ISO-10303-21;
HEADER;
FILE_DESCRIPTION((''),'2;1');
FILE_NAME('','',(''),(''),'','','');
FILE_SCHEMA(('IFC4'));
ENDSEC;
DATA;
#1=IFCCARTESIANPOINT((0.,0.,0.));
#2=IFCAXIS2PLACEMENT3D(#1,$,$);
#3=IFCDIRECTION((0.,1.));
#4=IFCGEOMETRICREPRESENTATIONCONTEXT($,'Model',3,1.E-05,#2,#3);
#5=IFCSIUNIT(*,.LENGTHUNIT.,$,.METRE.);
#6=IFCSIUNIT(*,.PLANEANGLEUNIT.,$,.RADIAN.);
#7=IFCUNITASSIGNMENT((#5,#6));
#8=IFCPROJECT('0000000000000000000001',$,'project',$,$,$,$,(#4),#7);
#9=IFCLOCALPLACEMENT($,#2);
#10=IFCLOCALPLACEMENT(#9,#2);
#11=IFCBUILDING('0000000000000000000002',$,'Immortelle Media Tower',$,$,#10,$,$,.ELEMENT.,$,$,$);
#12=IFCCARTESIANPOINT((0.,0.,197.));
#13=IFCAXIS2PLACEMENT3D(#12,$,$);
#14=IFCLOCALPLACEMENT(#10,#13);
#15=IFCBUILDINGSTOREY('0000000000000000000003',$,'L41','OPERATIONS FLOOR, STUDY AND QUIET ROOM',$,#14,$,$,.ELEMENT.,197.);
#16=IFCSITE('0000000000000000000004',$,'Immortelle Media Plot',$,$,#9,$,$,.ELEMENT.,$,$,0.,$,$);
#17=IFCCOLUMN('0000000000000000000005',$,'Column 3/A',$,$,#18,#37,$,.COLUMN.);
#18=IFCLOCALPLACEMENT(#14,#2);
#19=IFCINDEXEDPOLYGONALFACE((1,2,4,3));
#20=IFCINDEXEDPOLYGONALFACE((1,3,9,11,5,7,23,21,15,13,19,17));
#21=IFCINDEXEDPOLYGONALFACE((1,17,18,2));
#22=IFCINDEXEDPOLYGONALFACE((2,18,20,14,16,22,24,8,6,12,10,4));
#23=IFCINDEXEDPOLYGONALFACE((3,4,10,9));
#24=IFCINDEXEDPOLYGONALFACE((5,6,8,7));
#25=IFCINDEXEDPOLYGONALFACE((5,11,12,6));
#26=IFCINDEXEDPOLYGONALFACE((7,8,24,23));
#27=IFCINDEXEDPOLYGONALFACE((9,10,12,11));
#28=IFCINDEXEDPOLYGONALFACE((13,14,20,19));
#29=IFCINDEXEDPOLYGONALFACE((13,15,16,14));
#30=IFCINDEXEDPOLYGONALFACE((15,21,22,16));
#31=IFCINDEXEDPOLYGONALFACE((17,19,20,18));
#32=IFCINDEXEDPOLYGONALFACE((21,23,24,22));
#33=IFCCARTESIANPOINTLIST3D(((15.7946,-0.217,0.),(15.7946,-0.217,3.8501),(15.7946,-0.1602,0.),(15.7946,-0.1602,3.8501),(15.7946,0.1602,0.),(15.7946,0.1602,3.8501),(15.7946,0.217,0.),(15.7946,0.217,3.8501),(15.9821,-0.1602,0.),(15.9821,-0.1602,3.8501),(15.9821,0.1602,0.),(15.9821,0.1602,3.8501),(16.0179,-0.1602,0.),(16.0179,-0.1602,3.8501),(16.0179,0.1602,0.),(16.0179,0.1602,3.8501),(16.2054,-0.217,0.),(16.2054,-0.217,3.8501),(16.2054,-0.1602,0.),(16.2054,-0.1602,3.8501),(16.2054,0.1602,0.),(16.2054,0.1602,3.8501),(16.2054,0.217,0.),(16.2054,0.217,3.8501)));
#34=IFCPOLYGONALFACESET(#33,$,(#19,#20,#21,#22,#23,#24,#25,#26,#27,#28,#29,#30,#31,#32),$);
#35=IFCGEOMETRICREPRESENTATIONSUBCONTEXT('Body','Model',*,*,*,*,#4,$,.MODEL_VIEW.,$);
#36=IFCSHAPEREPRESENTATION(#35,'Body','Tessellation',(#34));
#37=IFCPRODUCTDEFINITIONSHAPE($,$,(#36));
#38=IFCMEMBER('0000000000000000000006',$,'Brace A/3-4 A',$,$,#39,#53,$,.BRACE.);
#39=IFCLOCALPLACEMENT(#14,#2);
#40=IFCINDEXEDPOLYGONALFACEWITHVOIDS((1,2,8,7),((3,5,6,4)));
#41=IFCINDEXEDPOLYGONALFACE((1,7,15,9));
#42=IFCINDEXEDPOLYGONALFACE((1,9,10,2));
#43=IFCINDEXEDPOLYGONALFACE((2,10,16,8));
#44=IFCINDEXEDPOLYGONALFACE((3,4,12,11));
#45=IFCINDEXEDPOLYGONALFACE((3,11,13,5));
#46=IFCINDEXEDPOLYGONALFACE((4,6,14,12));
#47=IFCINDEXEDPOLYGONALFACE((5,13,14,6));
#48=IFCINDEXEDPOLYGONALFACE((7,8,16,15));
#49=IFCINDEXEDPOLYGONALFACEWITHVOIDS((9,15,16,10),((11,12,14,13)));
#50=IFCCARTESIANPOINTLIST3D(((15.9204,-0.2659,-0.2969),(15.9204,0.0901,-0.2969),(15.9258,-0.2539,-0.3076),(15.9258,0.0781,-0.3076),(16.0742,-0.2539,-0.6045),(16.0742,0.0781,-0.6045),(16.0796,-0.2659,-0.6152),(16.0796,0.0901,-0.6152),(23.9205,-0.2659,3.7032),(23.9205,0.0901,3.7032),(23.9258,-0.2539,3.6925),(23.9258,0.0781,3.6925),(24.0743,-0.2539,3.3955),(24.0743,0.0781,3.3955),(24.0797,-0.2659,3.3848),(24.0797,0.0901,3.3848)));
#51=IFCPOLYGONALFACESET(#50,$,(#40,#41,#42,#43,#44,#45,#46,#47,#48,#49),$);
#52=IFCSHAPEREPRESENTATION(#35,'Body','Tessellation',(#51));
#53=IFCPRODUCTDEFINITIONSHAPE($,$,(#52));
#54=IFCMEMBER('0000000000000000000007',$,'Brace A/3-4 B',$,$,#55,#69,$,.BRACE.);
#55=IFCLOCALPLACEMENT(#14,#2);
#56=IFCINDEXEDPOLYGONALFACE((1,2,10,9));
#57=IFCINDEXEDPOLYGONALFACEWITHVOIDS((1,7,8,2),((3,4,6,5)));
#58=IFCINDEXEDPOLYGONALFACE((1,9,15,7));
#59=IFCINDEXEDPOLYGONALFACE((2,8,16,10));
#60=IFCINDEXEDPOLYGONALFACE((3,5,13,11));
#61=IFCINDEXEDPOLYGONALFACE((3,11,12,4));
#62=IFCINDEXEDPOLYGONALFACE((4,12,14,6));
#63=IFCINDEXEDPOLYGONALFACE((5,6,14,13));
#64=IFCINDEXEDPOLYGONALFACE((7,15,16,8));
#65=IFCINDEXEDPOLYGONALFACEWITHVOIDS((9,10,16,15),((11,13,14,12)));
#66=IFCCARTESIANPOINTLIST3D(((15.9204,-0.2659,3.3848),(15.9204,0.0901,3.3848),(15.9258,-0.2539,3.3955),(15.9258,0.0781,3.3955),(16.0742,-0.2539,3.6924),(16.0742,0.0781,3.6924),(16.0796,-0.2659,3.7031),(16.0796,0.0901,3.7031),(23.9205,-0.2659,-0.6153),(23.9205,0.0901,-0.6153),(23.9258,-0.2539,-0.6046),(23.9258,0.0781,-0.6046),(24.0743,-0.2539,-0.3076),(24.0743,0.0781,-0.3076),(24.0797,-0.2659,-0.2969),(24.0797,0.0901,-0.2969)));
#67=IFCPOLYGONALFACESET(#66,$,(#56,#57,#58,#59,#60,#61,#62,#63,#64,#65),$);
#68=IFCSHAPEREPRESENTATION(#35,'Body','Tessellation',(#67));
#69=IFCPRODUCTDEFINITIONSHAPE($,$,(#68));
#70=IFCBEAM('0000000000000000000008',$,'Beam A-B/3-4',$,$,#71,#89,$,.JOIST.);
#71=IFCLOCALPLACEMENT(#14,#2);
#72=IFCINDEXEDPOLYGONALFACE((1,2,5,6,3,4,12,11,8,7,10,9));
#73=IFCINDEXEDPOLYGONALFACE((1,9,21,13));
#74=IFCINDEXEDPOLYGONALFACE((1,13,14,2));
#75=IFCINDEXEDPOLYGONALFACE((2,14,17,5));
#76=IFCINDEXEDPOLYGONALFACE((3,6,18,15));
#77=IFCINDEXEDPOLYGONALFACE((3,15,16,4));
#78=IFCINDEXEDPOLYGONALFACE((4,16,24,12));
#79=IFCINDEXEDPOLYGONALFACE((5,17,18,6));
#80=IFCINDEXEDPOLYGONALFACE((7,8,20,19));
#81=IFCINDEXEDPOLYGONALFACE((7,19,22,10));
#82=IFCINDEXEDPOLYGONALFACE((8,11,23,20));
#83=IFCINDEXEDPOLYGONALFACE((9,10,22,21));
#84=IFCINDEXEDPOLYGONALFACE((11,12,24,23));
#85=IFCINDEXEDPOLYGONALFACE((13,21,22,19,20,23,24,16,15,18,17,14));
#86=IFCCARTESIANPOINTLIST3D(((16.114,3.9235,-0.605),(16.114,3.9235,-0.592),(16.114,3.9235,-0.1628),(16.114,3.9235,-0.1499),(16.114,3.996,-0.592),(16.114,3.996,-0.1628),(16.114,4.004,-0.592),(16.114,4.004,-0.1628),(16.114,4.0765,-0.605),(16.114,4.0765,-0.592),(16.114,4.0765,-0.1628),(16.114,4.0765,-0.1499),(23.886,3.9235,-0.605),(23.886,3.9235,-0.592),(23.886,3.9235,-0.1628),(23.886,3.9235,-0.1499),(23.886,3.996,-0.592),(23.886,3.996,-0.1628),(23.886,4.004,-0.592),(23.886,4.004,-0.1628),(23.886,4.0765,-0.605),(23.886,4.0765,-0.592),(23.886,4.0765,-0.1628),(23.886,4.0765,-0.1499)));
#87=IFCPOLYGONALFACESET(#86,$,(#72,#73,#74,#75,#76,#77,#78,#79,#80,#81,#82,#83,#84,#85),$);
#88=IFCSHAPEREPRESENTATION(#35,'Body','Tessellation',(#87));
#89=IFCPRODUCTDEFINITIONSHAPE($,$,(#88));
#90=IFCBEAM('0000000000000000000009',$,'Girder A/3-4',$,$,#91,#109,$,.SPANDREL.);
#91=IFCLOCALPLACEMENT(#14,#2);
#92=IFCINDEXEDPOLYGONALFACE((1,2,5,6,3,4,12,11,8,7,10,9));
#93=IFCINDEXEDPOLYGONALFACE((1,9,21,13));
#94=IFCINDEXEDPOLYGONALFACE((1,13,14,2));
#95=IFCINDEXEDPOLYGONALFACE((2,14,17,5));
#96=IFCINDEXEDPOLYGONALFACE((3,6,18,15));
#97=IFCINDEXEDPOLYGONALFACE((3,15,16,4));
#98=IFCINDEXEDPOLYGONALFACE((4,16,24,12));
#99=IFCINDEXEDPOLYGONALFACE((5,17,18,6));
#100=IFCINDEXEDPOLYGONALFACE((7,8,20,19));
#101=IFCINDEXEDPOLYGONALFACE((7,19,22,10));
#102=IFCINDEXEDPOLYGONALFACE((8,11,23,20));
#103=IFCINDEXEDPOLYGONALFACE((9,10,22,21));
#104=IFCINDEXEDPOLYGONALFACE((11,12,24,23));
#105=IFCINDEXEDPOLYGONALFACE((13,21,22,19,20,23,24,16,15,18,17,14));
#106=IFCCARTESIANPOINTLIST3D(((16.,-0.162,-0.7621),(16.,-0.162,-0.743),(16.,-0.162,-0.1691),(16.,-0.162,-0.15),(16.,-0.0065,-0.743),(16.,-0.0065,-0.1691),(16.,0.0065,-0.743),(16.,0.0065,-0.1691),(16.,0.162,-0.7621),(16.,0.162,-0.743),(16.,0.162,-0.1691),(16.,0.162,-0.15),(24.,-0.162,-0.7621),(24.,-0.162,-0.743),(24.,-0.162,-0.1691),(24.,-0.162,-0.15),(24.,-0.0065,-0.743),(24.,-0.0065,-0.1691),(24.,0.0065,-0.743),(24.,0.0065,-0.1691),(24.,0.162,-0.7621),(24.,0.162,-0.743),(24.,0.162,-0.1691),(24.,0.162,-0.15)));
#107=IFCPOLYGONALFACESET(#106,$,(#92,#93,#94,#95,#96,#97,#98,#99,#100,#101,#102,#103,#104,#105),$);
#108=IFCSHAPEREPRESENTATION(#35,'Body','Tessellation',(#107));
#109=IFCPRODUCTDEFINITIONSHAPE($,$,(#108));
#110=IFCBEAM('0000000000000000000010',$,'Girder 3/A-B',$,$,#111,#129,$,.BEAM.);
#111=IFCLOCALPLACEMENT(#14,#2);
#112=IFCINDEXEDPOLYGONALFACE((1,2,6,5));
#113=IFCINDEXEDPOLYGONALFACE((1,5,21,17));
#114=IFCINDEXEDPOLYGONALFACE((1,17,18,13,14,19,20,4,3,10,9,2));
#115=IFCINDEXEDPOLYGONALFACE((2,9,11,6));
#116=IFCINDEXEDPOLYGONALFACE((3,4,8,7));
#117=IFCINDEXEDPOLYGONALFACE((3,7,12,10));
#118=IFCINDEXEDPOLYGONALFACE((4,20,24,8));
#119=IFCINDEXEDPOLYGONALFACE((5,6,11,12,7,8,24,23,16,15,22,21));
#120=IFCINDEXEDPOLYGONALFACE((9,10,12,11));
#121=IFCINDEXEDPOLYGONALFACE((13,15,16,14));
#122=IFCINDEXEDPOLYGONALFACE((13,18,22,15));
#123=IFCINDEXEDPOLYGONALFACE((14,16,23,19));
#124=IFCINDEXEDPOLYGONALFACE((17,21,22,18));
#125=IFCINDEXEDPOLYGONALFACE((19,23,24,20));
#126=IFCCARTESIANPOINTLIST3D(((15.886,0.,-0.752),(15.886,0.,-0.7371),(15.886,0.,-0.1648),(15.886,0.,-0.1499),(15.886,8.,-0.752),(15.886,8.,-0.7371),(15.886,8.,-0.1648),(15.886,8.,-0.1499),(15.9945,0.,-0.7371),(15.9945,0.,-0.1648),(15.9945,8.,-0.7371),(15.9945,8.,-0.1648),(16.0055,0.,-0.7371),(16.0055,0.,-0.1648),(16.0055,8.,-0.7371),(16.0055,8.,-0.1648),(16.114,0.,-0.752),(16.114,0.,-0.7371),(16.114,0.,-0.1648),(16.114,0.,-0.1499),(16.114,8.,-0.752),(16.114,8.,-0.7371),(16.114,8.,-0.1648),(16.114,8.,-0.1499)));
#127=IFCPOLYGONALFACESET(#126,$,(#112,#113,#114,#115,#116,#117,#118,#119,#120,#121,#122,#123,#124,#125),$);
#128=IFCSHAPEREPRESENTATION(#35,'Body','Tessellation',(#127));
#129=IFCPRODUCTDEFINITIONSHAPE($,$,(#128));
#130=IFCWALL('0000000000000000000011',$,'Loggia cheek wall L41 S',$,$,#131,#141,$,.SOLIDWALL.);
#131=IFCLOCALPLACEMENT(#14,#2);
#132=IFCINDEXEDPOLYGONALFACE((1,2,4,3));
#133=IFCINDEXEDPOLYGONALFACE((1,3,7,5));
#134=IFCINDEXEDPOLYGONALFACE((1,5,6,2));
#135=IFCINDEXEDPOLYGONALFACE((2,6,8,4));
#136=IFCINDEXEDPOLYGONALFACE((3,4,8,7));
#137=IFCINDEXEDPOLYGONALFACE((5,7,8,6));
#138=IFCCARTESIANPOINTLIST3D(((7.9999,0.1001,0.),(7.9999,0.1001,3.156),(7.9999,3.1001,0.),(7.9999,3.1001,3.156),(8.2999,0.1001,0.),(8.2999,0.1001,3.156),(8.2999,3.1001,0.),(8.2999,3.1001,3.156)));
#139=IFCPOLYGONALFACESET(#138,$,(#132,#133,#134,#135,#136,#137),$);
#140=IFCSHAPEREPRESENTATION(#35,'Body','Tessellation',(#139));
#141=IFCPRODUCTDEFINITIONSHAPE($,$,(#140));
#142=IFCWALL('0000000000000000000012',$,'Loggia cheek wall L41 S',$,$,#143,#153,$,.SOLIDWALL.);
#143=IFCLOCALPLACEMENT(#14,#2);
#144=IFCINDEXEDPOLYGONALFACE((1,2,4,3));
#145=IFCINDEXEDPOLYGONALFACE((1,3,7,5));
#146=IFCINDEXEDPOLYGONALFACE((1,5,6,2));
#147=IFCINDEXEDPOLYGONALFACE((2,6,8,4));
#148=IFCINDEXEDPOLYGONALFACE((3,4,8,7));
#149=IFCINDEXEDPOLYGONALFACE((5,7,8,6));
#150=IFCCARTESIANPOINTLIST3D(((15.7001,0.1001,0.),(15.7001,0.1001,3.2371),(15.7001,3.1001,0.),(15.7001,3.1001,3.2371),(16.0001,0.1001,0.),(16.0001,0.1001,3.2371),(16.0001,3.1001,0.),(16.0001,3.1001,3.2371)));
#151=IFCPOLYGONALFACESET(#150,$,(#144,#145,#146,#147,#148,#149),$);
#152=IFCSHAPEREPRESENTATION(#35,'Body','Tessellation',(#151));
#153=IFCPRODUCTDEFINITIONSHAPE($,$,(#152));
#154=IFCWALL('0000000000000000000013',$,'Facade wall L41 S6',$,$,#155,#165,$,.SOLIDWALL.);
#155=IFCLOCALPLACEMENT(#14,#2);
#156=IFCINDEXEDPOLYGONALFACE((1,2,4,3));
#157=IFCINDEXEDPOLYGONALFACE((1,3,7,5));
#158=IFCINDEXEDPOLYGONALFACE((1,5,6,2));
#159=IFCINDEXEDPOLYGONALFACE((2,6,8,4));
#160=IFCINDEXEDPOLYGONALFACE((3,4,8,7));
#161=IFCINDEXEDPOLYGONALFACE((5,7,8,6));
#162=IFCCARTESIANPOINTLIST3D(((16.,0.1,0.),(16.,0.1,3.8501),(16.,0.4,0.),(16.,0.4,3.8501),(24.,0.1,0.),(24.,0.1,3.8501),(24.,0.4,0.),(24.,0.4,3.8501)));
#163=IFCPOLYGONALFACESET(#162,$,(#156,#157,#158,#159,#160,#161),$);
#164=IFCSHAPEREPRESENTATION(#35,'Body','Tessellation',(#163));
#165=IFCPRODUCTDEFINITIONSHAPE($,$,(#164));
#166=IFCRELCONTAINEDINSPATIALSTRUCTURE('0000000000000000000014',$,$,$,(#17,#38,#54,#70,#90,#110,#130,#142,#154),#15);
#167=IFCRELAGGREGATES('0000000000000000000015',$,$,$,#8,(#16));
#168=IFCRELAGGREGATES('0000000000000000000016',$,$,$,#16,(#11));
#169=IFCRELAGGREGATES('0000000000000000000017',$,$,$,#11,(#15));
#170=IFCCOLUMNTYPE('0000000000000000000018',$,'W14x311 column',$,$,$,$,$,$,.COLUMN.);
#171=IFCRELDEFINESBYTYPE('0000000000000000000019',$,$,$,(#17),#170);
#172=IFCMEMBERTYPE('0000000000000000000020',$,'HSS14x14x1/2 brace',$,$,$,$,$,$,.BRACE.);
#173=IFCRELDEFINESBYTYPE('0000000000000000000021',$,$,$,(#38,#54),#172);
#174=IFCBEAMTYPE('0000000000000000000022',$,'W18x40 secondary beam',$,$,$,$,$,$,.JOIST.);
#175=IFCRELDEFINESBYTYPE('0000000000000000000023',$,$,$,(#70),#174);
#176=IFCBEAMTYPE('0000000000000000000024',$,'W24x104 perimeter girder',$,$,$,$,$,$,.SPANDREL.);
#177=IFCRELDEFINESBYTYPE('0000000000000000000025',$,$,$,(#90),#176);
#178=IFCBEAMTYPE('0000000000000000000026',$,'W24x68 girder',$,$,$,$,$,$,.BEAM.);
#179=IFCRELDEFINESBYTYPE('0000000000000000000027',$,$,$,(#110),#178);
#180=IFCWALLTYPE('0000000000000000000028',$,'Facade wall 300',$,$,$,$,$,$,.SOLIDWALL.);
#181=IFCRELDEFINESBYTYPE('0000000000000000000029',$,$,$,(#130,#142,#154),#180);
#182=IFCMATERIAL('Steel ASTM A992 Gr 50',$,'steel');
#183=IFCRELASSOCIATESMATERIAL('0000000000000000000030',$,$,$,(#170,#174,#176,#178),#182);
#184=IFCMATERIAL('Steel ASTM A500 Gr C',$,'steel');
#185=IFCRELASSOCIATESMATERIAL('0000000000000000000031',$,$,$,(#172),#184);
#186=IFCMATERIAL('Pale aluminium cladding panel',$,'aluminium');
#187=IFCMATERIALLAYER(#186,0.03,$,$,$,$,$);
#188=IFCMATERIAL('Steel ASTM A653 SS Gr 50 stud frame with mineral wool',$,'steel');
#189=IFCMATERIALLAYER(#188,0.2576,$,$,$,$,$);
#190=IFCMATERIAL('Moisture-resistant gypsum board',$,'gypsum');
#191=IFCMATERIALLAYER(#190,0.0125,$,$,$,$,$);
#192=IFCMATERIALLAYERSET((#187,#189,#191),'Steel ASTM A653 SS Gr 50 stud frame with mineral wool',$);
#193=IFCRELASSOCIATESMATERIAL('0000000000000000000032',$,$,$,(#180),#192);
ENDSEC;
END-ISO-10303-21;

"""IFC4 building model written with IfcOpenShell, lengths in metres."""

from ifc_helpers import new_model, si_unit, direction, frame, frame_2d, origin, origin_2d, place, context, subcontext, project, spatial, rectangle, hollow_rectangle, i_section, extrude, material, layer, layer_set, material_profile, profile_set, type_object, element, save


model = new_model("IFC4")

# Units and contexts
model_context = context("Model", 3, precision=1e-05, world=origin(), true_north=direction((0.0, 1.0)))
body_context = subcontext(model_context, "Body", "Model", "MODEL_VIEW")
ifc_project = project(units=[si_unit("LENGTHUNIT", "METRE"), si_unit("PLANEANGLEUNIT", "RADIAN")], contexts=[model_context])

# Site, building, storey
site_placement = place(None, origin())
site = spatial("IfcSite", under=ifc_project, at=site_placement, Name="Immortelle Media Plot", CompositionType="ELEMENT", RefElevation=0.0)
building_placement = place(site_placement, origin())
building = spatial("IfcBuilding", under=site, at=building_placement, Name="Immortelle Media Tower", CompositionType="ELEMENT")
storey_placement = place(building_placement, frame((0.0, 0.0, 197.0)))
storey = spatial("IfcBuildingStorey", under=building, at=storey_placement, Name="L41", Description="OPERATIONS FLOOR, STUDY AND QUIET ROOM", CompositionType="ELEMENT", Elevation=197.0)

# Column
ifc_material_1 = material(Name="Steel ASTM A992 Gr 50", Category="steel")
ifc_material_profile_1 = material_profile(ifc_material_1, i_section(OverallWidth=0.4109, OverallDepth=0.4341, WebThickness=0.0359, FlangeThickness=0.0569, at=origin_2d()), Name="W14x311")
ifc_profile_set_1 = profile_set([ifc_material_profile_1], Name="Steel ASTM A992 Gr 50")
column_type = type_object("IfcColumnType", Name="W14x311 column", PredefinedType="COLUMN", material=ifc_profile_set_1)
column_placement = place(storey_placement, frame((16.0, 0.0, 0.0), z_axis=(0.0, 0.0, 1.0), x_axis=(1.0, 0.0, 0.0)))
element("IfcColumn", 1, at=column_placement, inside=storey, type_object=column_type, Name="Column 3/A", PredefinedType="COLUMN", context=body_context, shape_type="SweptSolid", body=[
    extrude(i_section(OverallWidth=0.4109, OverallDepth=0.4341, WebThickness=0.0359, FlangeThickness=0.0569, at=origin_2d()), origin(), (0.0, 0.0, 1.0), 3.8501),
])

# Members
ifc_material_2 = material(Name="Steel ASTM A500 Gr C", Category="steel")
ifc_material_profile_2 = material_profile(ifc_material_2, hollow_rectangle(XDim=0.356, YDim=0.356, WallThickness=0.012, at=origin_2d()), Name="HSS14x14x1/2 brace")
ifc_profile_set_2 = profile_set([ifc_material_profile_2], Name="Steel ASTM A500 Gr C")
member_type = type_object("IfcMemberType", Name="HSS14x14x1/2 brace", PredefinedType="BRACE", material=ifc_profile_set_2)
for number, where, z_axis, x_axis, name in (
    (2, (16.0, -0.0879, -0.4561), (0.894427, 0.0, 0.447214), (0.0, 1.0, 0.0), "Brace A/3-4 A"),
    (3, (16.0, -0.0879, 3.5439), (0.894427, 0.0, -0.447214), (0.0, 1.0, 0.0), "Brace A/3-4 B"),
):
    element("IfcMember", number, at=place(storey_placement, frame(where, z_axis=z_axis, x_axis=x_axis)), inside=storey, type_object=member_type, Name=name, PredefinedType="BRACE", context=body_context, shape_type="SweptSolid", body=[
        extrude(hollow_rectangle(XDim=0.356, YDim=0.356, WallThickness=0.012, at=origin_2d()), origin(), (0.0, 0.0, 1.0), 8.9443),
    ])

# Beams
ifc_material_profile_3 = material_profile(ifc_material_1, i_section(OverallWidth=0.1531, OverallDepth=0.4551, WebThickness=0.0081, FlangeThickness=0.0129, at=origin_2d()), Name="W18x40")
ifc_profile_set_3 = profile_set([ifc_material_profile_3], Name="Steel ASTM A992 Gr 50")
beam_type_1 = type_object("IfcBeamType", Name="W18x40 secondary beam", PredefinedType="JOIST", material=ifc_profile_set_3)
beam_1_placement = place(storey_placement, frame((16.114, 4.0, -0.3774), z_axis=(1.0, 0.0, 0.0), x_axis=(0.0, 1.0, 0.0)))
element("IfcBeam", 4, at=beam_1_placement, inside=storey, type_object=beam_type_1, Name="Beam A-B/3-4", PredefinedType="JOIST", context=body_context, shape_type="SweptSolid", body=[
    extrude(i_section(OverallWidth=0.1531, OverallDepth=0.4551, WebThickness=0.0081, FlangeThickness=0.0129, at=origin_2d()), origin(), (0.0, 0.0, 1.0), 7.772),
])
ifc_material_profile_4 = material_profile(ifc_material_1, i_section(OverallWidth=0.324, OverallDepth=0.6121, WebThickness=0.0129, FlangeThickness=0.019, at=origin_2d()), Name="W24x104")
ifc_profile_set_4 = profile_set([ifc_material_profile_4], Name="Steel ASTM A992 Gr 50")
beam_type_2 = type_object("IfcBeamType", Name="W24x104 perimeter girder", PredefinedType="SPANDREL", material=ifc_profile_set_4)
beam_2_placement = place(storey_placement, frame((16.0, 0.0, -0.4561), z_axis=(1.0, 0.0, 0.0), x_axis=(0.0, 1.0, 0.0)))
element("IfcBeam", 5, at=beam_2_placement, inside=storey, type_object=beam_type_2, Name="Girder A/3-4", PredefinedType="SPANDREL", context=body_context, shape_type="SweptSolid", body=[
    extrude(i_section(OverallWidth=0.324, OverallDepth=0.6121, WebThickness=0.0129, FlangeThickness=0.019, at=origin_2d()), origin(), (0.0, 0.0, 1.0), 8.0),
])
ifc_material_profile_5 = material_profile(ifc_material_1, i_section(OverallWidth=0.228, OverallDepth=0.6021, WebThickness=0.011, FlangeThickness=0.0149, at=origin_2d()), Name="W24x68")
ifc_profile_set_5 = profile_set([ifc_material_profile_5], Name="Steel ASTM A992 Gr 50")
beam_type_3 = type_object("IfcBeamType", Name="W24x68 girder", PredefinedType="BEAM", material=ifc_profile_set_5)
beam_3_placement = place(storey_placement, frame((16.0, 0.0, -0.4509), z_axis=(0.0, 1.0, 0.0), x_axis=(-1.0, 0.0, 0.0)))
element("IfcBeam", 6, at=beam_3_placement, inside=storey, type_object=beam_type_3, Name="Girder 3/A-B", PredefinedType="BEAM", context=body_context, shape_type="SweptSolid", body=[
    extrude(i_section(OverallWidth=0.228, OverallDepth=0.6021, WebThickness=0.011, FlangeThickness=0.0149, at=origin_2d()), origin(), (0.0, 0.0, 1.0), 8.0),
])

# Shared definitions
ifc_material_3 = material(Name="Pale aluminium cladding panel", Category="aluminium")
ifc_layer_1 = layer(ifc_material_3, 0.03)
ifc_material_4 = material(Name="Steel ASTM A653 SS Gr 50 stud frame with mineral wool", Category="steel")
ifc_layer_2 = layer(ifc_material_4, 0.2576)
ifc_material_5 = material(Name="Moisture-resistant gypsum board", Category="gypsum")
ifc_layer_3 = layer(ifc_material_5, 0.0125)
ifc_layer_set_1 = layer_set([ifc_layer_1, ifc_layer_2, ifc_layer_3], Name="Steel ASTM A653 SS Gr 50 stud frame with mineral wool")
wall_type_1 = type_object("IfcWallType", Name="Facade wall 300", PredefinedType="SOLIDWALL", material=ifc_layer_set_1)

# Walls
wall_1_placement = place(storey_placement, frame((8.1499, 0.1001, 0.0), z_axis=(0.0, 0.0, 1.0), x_axis=(0.0, 1.0, 0.0)))
element("IfcWall", 7, at=wall_1_placement, inside=storey, type_object=wall_type_1, Name="Loggia cheek wall L41 S", PredefinedType="SOLIDWALL", context=body_context, shape_type="SweptSolid", body=[
    extrude(rectangle(XDim=3.0, YDim=0.3, at=frame_2d((1.5, 0.0))), origin(), (0.0, 0.0, 1.0), 3.156),
])
wall_2_placement = place(storey_placement, frame((15.8501, 0.1001, 0.0), z_axis=(0.0, 0.0, 1.0), x_axis=(0.0, 1.0, 0.0)))
element("IfcWall", 8, at=wall_2_placement, inside=storey, type_object=wall_type_1, Name="Loggia cheek wall L41 S", PredefinedType="SOLIDWALL", context=body_context, shape_type="SweptSolid", body=[
    extrude(rectangle(XDim=3.0, YDim=0.3, at=frame_2d((1.5, 0.0))), origin(), (0.0, 0.0, 1.0), 3.2371),
])
wall_3_placement = place(storey_placement, frame((16.0, 0.25, 0.0), z_axis=(0.0, 0.0, 1.0), x_axis=(1.0, 0.0, 0.0)))
element("IfcWall", 9, at=wall_3_placement, inside=storey, type_object=wall_type_1, Name="Facade wall L41 S6", PredefinedType="SOLIDWALL", context=body_context, shape_type="SweptSolid", body=[
    extrude(rectangle(XDim=8.0, YDim=0.3, at=frame_2d((4.0, 0.0))), origin(), (0.0, 0.0, 1.0), 3.8501),
])

save(model, "model.ifc")
